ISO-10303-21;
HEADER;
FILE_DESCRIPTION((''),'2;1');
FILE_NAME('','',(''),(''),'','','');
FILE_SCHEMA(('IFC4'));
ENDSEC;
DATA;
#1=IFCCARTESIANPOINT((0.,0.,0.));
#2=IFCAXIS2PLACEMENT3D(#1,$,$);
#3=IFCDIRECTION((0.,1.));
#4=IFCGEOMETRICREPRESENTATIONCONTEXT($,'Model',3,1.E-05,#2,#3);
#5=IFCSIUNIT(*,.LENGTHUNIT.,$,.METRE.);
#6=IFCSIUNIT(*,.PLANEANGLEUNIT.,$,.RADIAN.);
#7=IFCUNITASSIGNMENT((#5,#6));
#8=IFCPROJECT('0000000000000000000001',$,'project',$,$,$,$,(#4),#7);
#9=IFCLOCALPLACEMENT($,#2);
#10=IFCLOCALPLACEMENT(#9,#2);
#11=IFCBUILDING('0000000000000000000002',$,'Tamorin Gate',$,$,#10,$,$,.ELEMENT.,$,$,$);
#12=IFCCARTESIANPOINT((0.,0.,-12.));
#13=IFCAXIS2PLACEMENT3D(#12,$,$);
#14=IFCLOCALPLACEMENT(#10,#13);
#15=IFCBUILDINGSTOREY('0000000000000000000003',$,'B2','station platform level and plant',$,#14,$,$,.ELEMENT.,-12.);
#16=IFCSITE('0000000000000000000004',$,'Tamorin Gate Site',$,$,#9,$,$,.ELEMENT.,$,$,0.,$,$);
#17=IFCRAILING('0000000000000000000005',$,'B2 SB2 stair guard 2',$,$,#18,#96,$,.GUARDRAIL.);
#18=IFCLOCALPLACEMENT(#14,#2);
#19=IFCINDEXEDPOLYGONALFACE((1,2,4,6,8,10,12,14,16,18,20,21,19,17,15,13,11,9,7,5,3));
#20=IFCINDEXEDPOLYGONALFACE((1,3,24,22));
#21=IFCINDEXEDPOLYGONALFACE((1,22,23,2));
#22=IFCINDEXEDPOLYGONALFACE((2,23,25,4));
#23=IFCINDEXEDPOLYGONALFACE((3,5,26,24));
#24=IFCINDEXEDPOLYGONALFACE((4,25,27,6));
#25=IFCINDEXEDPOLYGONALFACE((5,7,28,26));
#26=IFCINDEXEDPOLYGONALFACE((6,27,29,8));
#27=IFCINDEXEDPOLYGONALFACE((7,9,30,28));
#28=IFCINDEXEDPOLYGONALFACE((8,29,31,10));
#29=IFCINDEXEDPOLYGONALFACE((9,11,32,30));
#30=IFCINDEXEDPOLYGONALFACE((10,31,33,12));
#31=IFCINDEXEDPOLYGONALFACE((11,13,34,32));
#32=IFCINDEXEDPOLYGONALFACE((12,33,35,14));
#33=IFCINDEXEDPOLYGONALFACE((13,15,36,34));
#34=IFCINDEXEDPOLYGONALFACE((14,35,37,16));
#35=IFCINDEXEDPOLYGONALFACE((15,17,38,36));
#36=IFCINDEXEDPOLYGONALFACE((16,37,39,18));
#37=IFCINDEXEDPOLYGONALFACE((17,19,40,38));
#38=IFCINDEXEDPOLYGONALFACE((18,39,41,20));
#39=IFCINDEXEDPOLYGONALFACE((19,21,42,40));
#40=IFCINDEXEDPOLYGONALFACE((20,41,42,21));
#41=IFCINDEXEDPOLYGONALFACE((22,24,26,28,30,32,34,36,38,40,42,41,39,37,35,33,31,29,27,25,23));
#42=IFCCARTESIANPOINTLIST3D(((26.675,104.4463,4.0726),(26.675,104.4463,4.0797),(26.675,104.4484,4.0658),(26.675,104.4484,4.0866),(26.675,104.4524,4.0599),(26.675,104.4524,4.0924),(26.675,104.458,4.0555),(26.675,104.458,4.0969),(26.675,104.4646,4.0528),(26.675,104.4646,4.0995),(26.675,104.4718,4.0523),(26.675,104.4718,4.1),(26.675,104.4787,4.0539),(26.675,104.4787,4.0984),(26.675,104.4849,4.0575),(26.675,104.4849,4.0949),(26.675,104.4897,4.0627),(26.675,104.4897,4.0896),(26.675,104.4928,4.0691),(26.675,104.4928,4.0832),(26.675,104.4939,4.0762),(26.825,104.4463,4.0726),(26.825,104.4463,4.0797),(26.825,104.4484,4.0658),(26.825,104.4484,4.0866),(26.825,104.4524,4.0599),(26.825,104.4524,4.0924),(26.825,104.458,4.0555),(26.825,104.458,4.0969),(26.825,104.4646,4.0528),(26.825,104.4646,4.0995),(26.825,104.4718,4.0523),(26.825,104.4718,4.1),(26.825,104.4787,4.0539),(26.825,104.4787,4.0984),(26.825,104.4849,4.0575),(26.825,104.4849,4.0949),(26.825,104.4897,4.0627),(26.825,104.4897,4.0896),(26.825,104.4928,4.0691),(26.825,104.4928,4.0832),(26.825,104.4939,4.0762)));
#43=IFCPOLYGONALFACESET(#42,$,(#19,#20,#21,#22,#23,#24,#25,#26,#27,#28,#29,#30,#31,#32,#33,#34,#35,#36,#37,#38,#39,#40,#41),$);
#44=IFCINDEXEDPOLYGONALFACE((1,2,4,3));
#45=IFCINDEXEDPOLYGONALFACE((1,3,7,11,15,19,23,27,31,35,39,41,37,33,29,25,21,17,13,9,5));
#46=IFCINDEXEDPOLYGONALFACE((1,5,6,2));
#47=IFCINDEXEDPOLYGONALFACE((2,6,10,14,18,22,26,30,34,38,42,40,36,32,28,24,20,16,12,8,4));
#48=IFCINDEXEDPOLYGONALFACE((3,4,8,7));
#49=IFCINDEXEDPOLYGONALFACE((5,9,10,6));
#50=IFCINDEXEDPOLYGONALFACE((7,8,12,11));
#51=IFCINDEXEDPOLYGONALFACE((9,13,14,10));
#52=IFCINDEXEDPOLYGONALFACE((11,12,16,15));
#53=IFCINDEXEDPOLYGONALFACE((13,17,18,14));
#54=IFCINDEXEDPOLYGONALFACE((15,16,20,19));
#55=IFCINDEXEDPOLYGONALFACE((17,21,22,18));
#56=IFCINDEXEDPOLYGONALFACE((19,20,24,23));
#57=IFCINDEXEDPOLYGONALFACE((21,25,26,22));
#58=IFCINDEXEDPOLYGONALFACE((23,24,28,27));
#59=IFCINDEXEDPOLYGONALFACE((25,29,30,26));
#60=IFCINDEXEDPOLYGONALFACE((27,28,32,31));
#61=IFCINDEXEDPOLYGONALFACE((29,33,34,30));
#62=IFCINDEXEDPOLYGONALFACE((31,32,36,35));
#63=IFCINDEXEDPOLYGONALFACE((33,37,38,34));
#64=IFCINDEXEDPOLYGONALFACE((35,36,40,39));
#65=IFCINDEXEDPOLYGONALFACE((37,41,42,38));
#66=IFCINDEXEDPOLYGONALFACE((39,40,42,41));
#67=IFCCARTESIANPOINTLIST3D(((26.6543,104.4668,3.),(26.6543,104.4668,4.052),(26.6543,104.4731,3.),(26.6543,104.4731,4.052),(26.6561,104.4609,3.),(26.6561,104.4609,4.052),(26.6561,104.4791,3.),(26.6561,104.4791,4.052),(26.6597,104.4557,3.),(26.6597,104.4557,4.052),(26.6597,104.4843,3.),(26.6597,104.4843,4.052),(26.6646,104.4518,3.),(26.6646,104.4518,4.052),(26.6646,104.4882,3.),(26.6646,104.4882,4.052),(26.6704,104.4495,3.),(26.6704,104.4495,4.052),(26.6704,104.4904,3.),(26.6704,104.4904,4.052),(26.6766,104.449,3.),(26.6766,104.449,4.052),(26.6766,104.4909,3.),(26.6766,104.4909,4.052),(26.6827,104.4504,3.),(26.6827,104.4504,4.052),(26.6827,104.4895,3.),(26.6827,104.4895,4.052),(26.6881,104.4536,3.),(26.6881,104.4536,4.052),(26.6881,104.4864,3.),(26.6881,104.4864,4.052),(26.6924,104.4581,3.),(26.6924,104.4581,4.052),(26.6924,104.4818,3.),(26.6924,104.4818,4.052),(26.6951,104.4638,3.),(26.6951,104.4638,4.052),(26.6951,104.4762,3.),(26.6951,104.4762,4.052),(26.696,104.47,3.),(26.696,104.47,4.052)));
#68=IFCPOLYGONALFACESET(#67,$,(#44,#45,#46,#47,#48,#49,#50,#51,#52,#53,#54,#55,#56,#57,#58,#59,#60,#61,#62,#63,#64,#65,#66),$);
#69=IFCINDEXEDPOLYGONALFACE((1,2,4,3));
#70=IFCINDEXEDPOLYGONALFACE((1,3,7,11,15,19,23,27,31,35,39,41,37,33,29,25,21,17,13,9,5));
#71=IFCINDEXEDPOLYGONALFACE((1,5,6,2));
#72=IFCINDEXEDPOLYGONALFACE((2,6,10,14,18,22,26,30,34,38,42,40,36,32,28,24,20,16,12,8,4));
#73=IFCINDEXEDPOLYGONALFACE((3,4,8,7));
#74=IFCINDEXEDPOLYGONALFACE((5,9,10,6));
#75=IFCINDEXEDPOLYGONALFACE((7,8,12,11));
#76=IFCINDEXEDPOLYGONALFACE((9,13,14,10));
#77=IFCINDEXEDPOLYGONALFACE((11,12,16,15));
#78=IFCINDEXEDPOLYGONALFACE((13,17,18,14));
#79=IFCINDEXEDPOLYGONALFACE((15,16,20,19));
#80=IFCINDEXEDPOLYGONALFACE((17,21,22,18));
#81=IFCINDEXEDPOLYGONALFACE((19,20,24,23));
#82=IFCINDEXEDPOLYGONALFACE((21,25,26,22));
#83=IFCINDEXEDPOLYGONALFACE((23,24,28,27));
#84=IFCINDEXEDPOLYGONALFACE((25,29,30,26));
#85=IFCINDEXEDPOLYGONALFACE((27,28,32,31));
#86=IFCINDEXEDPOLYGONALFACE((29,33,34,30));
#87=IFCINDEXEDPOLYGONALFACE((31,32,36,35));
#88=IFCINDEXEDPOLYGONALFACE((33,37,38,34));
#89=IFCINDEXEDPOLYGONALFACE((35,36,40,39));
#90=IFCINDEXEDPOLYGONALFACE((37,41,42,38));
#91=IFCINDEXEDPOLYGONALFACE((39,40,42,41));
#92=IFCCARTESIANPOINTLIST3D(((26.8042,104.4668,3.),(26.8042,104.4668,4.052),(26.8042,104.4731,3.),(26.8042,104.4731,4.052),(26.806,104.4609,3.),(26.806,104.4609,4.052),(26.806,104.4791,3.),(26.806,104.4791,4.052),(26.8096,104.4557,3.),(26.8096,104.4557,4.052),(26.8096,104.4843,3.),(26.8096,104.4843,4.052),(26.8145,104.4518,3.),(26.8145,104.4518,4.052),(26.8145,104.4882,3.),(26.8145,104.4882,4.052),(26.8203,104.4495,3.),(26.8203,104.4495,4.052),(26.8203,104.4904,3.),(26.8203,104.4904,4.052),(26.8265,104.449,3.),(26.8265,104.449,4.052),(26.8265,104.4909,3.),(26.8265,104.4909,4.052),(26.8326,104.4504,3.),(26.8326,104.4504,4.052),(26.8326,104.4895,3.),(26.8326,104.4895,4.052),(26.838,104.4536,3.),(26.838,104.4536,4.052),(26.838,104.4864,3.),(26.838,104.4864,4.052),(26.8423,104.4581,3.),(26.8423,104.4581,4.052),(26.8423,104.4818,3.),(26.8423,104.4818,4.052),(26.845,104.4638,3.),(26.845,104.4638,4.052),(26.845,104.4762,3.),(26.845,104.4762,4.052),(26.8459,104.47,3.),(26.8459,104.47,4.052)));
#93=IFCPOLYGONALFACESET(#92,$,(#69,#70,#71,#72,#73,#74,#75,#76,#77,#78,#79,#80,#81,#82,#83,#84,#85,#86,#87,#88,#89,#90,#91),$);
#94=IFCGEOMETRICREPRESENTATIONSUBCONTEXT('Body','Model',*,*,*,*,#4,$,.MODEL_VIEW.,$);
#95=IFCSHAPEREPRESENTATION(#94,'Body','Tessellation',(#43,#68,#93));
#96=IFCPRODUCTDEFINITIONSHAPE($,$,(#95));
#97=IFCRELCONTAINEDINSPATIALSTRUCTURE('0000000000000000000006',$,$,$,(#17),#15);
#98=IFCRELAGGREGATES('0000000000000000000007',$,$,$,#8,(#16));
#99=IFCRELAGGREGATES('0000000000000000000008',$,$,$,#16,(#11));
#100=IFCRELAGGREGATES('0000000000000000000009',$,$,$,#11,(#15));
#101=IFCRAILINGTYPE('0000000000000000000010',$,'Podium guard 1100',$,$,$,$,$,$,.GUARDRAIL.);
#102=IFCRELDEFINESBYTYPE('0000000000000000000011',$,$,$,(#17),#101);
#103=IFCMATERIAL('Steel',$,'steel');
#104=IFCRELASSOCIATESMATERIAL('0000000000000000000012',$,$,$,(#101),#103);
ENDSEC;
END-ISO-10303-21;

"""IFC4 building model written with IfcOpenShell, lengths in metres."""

from ifc_helpers import new_model, si_unit, direction, frame, origin, origin_2d, place, context, subcontext, project, spatial, circle, extrude, material, type_object, element, save


model = new_model("IFC4")

# Units and contexts
model_context = context("Model", 3, precision=1e-05, world=origin(), true_north=direction((0.0, 1.0)))
body_context = subcontext(model_context, "Body", "Model", "MODEL_VIEW")
ifc_project = project(units=[si_unit("LENGTHUNIT", "METRE"), si_unit("PLANEANGLEUNIT", "RADIAN")], contexts=[model_context])

# Site, building, storey
site_placement = place(None, origin())
site = spatial("IfcSite", under=ifc_project, at=site_placement, Name="Tamorin Gate Site", CompositionType="ELEMENT", RefElevation=0.0)
building_placement = place(site_placement, origin())
building = spatial("IfcBuilding", under=site, at=building_placement, Name="Tamorin Gate", CompositionType="ELEMENT")
storey_placement = place(building_placement, frame((0.0, 0.0, -12.0)))
storey = spatial("IfcBuildingStorey", under=building, at=storey_placement, Name="B2", Description="station platform level and plant", CompositionType="ELEMENT", Elevation=-12.0)

# Railing
ifc_material_1 = material(Name="Steel", Category="steel")
railing_type_1 = type_object("IfcRailingType", Name="Podium guard 1100", PredefinedType="GUARDRAIL", material=ifc_material_1)
railing_1_placement = place(storey_placement, frame((26.675, 104.47, 3.0)))
element("IfcRailing", 1, at=railing_1_placement, inside=storey, type_object=railing_type_1, Name="B2 SB2 stair guard 2", PredefinedType="GUARDRAIL", context=body_context, shape_type="SweptSolid", body=[
    extrude(circle(Radius=0.0239, at=origin_2d()), frame((0.0, 0.0, 1.0762), z_axis=(1.0, 0.0, 0.0), x_axis=(0.0, 1.0, 0.0)), (0.0, 0.0, 1.0), 0.1499),
    extrude(circle(Radius=0.021, at=origin_2d()), origin(), (0.0, 0.0, 1.0), 1.052),
    extrude(circle(Radius=0.021, at=origin_2d()), frame((0.1499, 0.0, 0.0)), (0.0, 0.0, 1.0), 1.052),
])

save(model, "model.ifc")
